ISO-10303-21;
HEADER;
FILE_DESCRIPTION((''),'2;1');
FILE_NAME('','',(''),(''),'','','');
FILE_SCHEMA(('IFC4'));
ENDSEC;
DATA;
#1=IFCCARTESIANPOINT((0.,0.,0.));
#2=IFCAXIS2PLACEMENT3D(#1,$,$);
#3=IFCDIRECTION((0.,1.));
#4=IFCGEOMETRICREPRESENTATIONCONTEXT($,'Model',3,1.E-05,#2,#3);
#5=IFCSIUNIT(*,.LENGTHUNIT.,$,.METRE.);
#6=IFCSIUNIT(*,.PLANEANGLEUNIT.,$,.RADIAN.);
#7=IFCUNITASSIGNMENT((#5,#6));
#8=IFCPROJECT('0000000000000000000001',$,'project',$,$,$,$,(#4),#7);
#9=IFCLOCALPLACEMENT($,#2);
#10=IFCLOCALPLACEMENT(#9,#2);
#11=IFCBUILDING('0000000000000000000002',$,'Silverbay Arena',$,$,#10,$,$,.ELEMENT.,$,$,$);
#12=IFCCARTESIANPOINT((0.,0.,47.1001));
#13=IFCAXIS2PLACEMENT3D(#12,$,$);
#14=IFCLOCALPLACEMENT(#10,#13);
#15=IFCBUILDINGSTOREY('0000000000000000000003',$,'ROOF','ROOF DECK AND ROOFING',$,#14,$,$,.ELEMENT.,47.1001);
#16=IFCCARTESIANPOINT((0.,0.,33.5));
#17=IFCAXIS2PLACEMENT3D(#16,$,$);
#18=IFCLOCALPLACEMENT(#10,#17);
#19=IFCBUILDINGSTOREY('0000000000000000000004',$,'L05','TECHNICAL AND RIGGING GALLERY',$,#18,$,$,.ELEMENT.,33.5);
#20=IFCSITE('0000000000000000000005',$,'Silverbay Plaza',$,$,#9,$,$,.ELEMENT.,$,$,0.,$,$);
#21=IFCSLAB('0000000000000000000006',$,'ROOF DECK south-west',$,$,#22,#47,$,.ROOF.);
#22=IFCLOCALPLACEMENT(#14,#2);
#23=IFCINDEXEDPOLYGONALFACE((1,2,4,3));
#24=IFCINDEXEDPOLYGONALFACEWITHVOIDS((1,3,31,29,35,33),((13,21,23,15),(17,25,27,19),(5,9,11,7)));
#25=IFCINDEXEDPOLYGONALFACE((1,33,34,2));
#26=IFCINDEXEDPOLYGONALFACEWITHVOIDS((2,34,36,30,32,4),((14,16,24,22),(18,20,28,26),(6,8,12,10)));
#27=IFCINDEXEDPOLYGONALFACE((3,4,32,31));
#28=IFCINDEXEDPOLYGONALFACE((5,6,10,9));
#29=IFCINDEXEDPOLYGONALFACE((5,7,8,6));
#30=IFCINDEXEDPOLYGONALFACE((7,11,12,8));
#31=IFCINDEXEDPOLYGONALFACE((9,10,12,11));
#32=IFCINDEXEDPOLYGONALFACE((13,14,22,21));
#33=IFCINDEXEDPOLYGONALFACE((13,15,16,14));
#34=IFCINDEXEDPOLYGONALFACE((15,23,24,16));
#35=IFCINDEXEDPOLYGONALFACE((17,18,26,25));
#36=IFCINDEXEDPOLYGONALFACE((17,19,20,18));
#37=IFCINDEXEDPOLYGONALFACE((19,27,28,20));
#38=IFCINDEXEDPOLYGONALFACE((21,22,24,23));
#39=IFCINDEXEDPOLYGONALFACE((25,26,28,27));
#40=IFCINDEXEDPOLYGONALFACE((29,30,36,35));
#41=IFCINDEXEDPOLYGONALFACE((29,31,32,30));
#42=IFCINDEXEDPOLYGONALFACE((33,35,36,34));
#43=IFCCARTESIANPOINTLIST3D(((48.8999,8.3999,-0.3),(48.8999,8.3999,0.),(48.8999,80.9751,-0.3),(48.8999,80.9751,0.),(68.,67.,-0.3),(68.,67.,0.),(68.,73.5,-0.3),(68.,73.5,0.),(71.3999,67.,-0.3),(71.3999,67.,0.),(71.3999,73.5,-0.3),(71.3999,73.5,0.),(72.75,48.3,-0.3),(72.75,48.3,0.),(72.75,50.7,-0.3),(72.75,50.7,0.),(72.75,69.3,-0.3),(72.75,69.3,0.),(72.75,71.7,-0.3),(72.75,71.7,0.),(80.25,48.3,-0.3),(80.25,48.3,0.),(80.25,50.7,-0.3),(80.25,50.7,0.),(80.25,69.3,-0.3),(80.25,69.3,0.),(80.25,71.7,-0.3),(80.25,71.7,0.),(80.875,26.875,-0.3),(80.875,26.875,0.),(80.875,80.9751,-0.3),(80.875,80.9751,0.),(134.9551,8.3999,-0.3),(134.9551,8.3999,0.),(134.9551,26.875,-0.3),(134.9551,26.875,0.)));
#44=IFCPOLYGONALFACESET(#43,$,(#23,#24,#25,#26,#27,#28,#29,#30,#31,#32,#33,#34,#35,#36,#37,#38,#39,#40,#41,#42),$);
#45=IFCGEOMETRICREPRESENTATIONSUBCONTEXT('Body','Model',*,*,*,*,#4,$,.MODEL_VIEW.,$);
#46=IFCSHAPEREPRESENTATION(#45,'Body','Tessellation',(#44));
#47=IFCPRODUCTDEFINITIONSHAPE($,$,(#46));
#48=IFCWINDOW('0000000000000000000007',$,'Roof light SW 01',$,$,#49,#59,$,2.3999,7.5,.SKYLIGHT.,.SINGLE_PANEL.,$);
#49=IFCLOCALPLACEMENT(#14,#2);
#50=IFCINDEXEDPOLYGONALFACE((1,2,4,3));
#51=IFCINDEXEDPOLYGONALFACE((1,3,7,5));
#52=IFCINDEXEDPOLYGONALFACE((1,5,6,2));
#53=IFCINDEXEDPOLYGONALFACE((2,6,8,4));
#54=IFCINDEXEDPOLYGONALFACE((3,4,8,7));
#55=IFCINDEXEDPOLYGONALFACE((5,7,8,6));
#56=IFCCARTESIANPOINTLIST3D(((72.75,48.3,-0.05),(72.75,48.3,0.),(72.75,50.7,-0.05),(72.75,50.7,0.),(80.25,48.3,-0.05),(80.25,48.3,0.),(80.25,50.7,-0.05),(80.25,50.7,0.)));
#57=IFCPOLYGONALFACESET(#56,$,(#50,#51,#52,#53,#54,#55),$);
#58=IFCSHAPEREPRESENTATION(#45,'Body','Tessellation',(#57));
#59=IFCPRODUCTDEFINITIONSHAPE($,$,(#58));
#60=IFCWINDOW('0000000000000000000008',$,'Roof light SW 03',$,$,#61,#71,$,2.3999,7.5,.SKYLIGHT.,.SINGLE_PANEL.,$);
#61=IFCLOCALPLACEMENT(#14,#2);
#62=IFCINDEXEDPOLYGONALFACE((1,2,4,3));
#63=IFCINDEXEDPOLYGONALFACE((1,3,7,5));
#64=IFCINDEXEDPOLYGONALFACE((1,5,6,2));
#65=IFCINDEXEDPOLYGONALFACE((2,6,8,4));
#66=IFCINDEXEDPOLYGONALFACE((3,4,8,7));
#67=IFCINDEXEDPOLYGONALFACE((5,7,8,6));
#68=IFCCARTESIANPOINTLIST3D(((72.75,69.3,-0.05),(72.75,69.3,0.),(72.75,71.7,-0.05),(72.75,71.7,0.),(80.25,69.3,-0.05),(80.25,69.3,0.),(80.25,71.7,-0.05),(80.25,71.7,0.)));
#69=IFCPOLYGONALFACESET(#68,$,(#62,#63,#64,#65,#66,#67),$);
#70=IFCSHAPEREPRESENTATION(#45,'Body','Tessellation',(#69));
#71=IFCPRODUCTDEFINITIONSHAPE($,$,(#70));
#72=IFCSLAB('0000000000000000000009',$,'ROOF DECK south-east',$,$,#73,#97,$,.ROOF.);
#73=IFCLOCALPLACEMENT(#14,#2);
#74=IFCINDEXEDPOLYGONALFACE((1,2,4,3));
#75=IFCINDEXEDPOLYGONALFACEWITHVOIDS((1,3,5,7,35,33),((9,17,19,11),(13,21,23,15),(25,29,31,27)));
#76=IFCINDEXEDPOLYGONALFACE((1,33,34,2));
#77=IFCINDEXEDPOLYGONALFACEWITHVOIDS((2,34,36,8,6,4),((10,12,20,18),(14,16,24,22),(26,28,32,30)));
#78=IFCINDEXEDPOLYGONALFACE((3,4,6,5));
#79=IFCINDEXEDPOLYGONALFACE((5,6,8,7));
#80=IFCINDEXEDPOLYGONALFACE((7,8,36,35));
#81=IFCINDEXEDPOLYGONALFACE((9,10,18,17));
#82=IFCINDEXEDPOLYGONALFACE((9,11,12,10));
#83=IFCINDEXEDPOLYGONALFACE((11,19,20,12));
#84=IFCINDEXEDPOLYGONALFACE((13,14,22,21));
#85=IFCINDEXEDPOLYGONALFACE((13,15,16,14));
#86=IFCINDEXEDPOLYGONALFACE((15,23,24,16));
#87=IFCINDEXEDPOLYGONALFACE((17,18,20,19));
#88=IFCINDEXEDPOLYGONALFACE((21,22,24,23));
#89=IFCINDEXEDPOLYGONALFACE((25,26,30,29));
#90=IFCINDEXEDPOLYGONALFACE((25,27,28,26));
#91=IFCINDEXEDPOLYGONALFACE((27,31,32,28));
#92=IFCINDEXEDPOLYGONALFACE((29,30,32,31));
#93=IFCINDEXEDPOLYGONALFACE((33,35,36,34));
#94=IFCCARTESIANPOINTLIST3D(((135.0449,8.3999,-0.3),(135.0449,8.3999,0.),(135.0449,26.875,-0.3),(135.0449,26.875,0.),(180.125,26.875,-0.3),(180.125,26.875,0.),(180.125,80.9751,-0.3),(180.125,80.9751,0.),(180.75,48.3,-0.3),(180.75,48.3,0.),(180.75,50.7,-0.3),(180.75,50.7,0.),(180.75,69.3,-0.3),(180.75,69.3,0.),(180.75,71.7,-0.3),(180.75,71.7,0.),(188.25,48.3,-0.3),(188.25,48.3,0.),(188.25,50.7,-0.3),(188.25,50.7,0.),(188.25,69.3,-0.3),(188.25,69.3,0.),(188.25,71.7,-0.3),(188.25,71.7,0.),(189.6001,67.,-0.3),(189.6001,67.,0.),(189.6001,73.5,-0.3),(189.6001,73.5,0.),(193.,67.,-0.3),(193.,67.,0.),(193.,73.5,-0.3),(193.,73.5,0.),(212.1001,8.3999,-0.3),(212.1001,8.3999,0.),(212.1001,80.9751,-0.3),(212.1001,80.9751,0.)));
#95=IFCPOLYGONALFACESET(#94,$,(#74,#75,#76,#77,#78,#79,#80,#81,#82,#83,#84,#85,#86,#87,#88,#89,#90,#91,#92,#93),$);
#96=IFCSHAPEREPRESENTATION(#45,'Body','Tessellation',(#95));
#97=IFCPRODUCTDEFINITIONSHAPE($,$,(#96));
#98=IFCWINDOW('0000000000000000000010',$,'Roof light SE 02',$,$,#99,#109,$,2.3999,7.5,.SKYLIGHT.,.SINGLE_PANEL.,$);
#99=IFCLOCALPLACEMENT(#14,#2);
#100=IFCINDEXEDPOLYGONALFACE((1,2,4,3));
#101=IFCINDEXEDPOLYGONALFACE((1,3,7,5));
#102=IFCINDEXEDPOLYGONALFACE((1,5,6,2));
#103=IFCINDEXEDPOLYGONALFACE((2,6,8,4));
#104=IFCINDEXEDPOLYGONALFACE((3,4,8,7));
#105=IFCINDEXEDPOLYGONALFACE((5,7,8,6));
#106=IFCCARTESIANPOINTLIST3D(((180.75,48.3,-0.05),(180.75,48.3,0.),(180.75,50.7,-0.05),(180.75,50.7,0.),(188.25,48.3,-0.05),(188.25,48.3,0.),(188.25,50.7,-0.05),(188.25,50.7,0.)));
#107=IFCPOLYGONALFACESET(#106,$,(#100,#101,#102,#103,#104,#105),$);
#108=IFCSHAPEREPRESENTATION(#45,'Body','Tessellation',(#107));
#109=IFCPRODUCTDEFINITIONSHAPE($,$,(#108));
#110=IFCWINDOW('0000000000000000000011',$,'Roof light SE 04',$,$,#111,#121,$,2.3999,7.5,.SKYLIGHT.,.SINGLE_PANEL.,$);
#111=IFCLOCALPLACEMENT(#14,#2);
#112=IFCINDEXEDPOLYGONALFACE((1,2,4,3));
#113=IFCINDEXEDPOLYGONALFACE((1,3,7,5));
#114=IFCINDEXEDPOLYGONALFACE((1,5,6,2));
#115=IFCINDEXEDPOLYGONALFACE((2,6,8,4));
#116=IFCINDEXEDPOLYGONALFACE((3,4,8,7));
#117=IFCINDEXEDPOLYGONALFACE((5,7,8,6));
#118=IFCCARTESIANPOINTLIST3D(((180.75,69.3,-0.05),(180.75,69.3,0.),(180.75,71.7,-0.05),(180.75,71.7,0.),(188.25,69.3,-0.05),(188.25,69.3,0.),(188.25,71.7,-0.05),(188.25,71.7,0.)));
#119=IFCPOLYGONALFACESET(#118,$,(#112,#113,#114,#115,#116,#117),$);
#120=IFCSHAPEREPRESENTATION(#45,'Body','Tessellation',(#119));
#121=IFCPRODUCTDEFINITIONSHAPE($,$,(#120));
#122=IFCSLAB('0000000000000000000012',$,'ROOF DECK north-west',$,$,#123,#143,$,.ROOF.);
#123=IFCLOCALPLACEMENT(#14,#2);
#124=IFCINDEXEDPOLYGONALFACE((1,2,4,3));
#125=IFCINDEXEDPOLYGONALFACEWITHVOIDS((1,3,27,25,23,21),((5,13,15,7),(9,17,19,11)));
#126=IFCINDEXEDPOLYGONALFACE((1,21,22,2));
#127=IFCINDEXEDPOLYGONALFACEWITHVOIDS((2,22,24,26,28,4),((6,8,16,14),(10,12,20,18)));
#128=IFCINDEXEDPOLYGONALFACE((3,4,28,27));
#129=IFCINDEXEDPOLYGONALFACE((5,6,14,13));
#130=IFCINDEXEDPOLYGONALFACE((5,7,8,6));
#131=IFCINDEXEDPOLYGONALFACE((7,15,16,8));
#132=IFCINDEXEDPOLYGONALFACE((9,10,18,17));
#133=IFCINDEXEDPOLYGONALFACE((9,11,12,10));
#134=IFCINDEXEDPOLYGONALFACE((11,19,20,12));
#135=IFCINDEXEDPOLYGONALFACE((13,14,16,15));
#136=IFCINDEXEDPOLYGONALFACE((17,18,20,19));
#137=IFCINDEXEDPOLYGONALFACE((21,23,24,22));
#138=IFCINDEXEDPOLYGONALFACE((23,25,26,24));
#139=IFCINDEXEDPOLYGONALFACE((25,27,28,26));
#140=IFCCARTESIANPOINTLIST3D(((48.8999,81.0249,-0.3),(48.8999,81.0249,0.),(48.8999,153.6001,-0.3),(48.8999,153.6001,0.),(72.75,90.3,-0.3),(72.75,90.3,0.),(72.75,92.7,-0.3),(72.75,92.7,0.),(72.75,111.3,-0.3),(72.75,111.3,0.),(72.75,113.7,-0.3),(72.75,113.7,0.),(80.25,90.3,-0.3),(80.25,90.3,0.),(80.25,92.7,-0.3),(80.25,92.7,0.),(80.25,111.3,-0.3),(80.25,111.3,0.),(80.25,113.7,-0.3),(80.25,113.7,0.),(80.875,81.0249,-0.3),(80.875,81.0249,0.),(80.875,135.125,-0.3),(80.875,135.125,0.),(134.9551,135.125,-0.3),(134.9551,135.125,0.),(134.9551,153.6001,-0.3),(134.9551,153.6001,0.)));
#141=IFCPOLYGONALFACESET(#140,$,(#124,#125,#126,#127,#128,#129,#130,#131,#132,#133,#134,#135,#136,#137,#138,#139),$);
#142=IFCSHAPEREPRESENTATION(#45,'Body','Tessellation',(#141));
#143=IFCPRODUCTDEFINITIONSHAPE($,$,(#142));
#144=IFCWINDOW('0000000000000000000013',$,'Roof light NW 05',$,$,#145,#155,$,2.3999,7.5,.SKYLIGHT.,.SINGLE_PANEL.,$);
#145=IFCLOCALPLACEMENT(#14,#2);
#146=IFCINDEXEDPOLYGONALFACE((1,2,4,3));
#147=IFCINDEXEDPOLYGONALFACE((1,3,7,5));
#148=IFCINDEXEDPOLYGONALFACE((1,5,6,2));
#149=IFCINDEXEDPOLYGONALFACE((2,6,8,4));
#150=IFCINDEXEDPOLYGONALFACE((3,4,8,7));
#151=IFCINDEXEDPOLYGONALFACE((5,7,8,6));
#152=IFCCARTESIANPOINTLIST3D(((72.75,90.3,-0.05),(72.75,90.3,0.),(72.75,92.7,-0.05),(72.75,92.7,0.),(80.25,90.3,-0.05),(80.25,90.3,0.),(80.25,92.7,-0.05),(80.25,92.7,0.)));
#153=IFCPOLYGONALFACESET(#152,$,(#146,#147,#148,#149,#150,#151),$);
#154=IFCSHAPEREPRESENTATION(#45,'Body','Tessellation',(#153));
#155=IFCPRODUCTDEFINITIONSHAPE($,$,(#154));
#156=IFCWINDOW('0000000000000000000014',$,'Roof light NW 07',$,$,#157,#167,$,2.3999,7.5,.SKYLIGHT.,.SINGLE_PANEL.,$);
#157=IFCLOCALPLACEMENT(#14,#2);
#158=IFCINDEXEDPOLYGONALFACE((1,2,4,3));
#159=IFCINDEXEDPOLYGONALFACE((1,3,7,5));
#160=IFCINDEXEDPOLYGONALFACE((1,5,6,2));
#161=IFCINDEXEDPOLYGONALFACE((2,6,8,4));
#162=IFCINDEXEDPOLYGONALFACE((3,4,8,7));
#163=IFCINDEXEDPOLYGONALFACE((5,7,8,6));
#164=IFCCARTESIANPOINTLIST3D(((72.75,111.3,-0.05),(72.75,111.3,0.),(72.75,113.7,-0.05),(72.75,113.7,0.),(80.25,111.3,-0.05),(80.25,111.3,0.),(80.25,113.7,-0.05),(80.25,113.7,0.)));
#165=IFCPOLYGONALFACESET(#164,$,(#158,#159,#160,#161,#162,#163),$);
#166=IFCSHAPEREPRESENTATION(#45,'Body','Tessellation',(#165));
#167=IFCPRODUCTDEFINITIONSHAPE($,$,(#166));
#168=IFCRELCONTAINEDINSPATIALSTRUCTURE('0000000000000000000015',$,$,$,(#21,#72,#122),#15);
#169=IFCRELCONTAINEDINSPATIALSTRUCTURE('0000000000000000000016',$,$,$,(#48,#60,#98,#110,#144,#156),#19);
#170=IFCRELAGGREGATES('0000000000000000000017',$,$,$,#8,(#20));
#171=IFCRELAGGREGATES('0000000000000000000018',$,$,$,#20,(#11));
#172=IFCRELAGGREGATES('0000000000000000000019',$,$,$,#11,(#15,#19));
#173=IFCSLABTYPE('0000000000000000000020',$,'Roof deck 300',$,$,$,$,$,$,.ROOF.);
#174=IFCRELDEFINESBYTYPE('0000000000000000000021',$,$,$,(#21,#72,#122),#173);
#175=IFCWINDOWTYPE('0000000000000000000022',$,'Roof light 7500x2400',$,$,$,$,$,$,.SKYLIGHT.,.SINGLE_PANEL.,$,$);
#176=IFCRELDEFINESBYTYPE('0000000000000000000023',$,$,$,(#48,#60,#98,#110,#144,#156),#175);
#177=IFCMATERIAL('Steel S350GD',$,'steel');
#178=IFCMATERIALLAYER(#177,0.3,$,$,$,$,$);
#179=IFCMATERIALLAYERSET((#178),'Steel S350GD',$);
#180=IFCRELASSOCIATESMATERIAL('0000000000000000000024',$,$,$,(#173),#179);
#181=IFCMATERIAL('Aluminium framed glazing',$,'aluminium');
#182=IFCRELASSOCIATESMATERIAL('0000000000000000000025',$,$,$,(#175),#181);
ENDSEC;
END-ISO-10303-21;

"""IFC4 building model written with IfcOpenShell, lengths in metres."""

from ifc_helpers import new_model, si_unit, direction, frame, origin, origin_2d, place, context, subcontext, project, spatial, polyline, rectangle, outline, extrude, material, layer, layer_set, type_object, element, fill, save


model = new_model("IFC4")

# Units and contexts
model_context = context("Model", 3, precision=1e-05, world=origin(), true_north=direction((0.0, 1.0)))
body_context = subcontext(model_context, "Body", "Model", "MODEL_VIEW")
ifc_project = project(units=[si_unit("LENGTHUNIT", "METRE"), si_unit("PLANEANGLEUNIT", "RADIAN")], contexts=[model_context])

# Site, building, storey
site_placement = place(None, origin())
site = spatial("IfcSite", under=ifc_project, at=site_placement, Name="Silverbay Plaza", CompositionType="ELEMENT", RefElevation=0.0)
building_placement = place(site_placement, origin())
building = spatial("IfcBuilding", under=site, at=building_placement, Name="Silverbay Arena", CompositionType="ELEMENT")
storey_1_placement = place(building_placement, frame((0.0, 0.0, 47.1001)))
storey_1 = spatial("IfcBuildingStorey", under=building, at=storey_1_placement, Name="ROOF", Description="ROOF DECK AND ROOFING", CompositionType="ELEMENT", Elevation=47.1001)

# Slab, openings
ifc_material_1 = material(Name="Steel S350GD", Category="steel")
ifc_layer_1 = layer(ifc_material_1, 0.3)
ifc_layer_set_1 = layer_set([ifc_layer_1], Name="Steel S350GD")
slab_type = type_object("IfcSlabType", Name="Roof deck 300", PredefinedType="ROOF", material=ifc_layer_set_1)
slab_1_placement = place(storey_1_placement, frame((0.0, 0.0, -0.3)))
slab_1 = element("IfcSlab", 1, at=slab_1_placement, inside=storey_1, type_object=slab_type, Name="ROOF DECK south-west", PredefinedType="ROOF", context=body_context, shape_type="SweptSolid", body=[
    extrude(outline(polyline([(134.9551, 8.3999), (134.9551, 26.875), (80.875, 26.875), (80.875, 80.9751), (48.8999, 80.9751), (48.8999, 8.3999), (134.9551, 8.3999)]), holes=[polyline([(68.0, 67.0), (71.3999, 67.0), (71.3999, 73.5), (68.0, 73.5), (68.0, 67.0)])]), origin(), (0.0, 0.0, 1.0), 0.3),
])
opening_1_placement = place(slab_1_placement, frame((76.5, 49.5, 0.0)))
opening_1 = element("IfcOpeningElement", 2, at=opening_1_placement, cuts=slab_1, PredefinedType="OPENING", context=body_context, shape_type="SweptSolid", body=[
    extrude(rectangle(XDim=7.5, YDim=2.3999, at=origin_2d()), origin(), (0.0, 0.0, 1.0), 0.3),
])
opening_2_placement = place(slab_1_placement, frame((76.5, 70.5, 0.0)))
opening_2 = element("IfcOpeningElement", 3, at=opening_2_placement, cuts=slab_1, PredefinedType="OPENING", context=body_context, shape_type="SweptSolid", body=[
    extrude(rectangle(XDim=7.5, YDim=2.3999, at=origin_2d()), origin(), (0.0, 0.0, 1.0), 0.3),
])

# Shared definitions
storey_2_placement = place(building_placement, frame((0.0, 0.0, 33.5)))
storey_2 = spatial("IfcBuildingStorey", under=building, at=storey_2_placement, Name="L05", Description="TECHNICAL AND RIGGING GALLERY", CompositionType="ELEMENT", Elevation=33.5)

# Windows
ifc_material_2 = material(Name="Aluminium framed glazing", Category="aluminium")
window_type = type_object("IfcWindowType", Name="Roof light 7500x2400", PartitioningType="SINGLE_PANEL", PredefinedType="SKYLIGHT", material=ifc_material_2)
window_1_placement = place(opening_1_placement, frame((0.0, 0.0, 0.25)))
window_1 = element("IfcWindow", 4, at=window_1_placement, inside=storey_2, type_object=window_type, Name="Roof light SW 01", OverallHeight=2.3999, OverallWidth=7.5, PartitioningType="SINGLE_PANEL", PredefinedType="SKYLIGHT", context=body_context, shape_type="SweptSolid", body=[
    extrude(rectangle(XDim=7.5, YDim=2.3999, at=origin_2d()), origin(), (0.0, 0.0, 1.0), 0.05),
])
fill(opening_1, window_1)
window_2_placement = place(opening_2_placement, frame((0.0, 0.0, 0.25)))
window_2 = element("IfcWindow", 5, at=window_2_placement, inside=storey_2, type_object=window_type, Name="Roof light SW 03", OverallHeight=2.3999, OverallWidth=7.5, PartitioningType="SINGLE_PANEL", PredefinedType="SKYLIGHT", context=body_context, shape_type="SweptSolid", body=[
    extrude(rectangle(XDim=7.5, YDim=2.3999, at=origin_2d()), origin(), (0.0, 0.0, 1.0), 0.05),
])
fill(opening_2, window_2)

# Slabs, openings, windows
slab_2_placement = place(storey_1_placement, frame((0.0, 0.0, -0.3)))
slab_2 = element("IfcSlab", 6, at=slab_2_placement, inside=storey_1, type_object=slab_type, Name="ROOF DECK south-east", PredefinedType="ROOF", context=body_context, shape_type="SweptSolid", body=[
    extrude(outline(polyline([(212.1001, 80.9751), (180.125, 80.9751), (180.125, 26.875), (135.0449, 26.875), (135.0449, 8.3999), (212.1001, 8.3999), (212.1001, 80.9751)]), holes=[polyline([(189.6001, 67.0), (193.0, 67.0), (193.0, 73.5), (189.6001, 73.5), (189.6001, 67.0)])]), origin(), (0.0, 0.0, 1.0), 0.3),
])
opening_3_placement = place(slab_2_placement, frame((184.5, 49.5, 0.0)))
opening_3 = element("IfcOpeningElement", 7, at=opening_3_placement, cuts=slab_2, PredefinedType="OPENING", context=body_context, shape_type="SweptSolid", body=[
    extrude(rectangle(XDim=7.5, YDim=2.3999, at=origin_2d()), origin(), (0.0, 0.0, 1.0), 0.3),
])
opening_4_placement = place(slab_2_placement, frame((184.5, 70.5, 0.0)))
opening_4 = element("IfcOpeningElement", 8, at=opening_4_placement, cuts=slab_2, PredefinedType="OPENING", context=body_context, shape_type="SweptSolid", body=[
    extrude(rectangle(XDim=7.5, YDim=2.3999, at=origin_2d()), origin(), (0.0, 0.0, 1.0), 0.3),
])
window_3_placement = place(opening_3_placement, frame((0.0, 0.0, 0.25)))
window_3 = element("IfcWindow", 9, at=window_3_placement, inside=storey_2, type_object=window_type, Name="Roof light SE 02", OverallHeight=2.3999, OverallWidth=7.5, PartitioningType="SINGLE_PANEL", PredefinedType="SKYLIGHT", context=body_context, shape_type="SweptSolid", body=[
    extrude(rectangle(XDim=7.5, YDim=2.3999, at=origin_2d()), origin(), (0.0, 0.0, 1.0), 0.05),
])
fill(opening_3, window_3)
window_4_placement = place(opening_4_placement, frame((0.0, 0.0, 0.25)))
window_4 = element("IfcWindow", 10, at=window_4_placement, inside=storey_2, type_object=window_type, Name="Roof light SE 04", OverallHeight=2.3999, OverallWidth=7.5, PartitioningType="SINGLE_PANEL", PredefinedType="SKYLIGHT", context=body_context, shape_type="SweptSolid", body=[
    extrude(rectangle(XDim=7.5, YDim=2.3999, at=origin_2d()), origin(), (0.0, 0.0, 1.0), 0.05),
])
fill(opening_4, window_4)
slab_3_placement = place(storey_1_placement, frame((0.0, 0.0, -0.3)))
slab_3 = element("IfcSlab", 11, at=slab_3_placement, inside=storey_1, type_object=slab_type, Name="ROOF DECK north-west", PredefinedType="ROOF", context=body_context, shape_type="SweptSolid", body=[
    extrude(outline(polyline([(48.8999, 81.0249), (80.875, 81.0249), (80.875, 135.125), (134.9551, 135.125), (134.9551, 153.6001), (48.8999, 153.6001), (48.8999, 81.0249)])), origin(), (0.0, 0.0, 1.0), 0.3),
])
opening_5_placement = place(slab_3_placement, frame((76.5, 91.5, 0.0)))
opening_5 = element("IfcOpeningElement", 12, at=opening_5_placement, cuts=slab_3, PredefinedType="OPENING", context=body_context, shape_type="SweptSolid", body=[
    extrude(rectangle(XDim=7.5, YDim=2.3999, at=origin_2d()), origin(), (0.0, 0.0, 1.0), 0.3),
])
opening_6_placement = place(slab_3_placement, frame((76.5, 112.5, 0.0)))
opening_6 = element("IfcOpeningElement", 13, at=opening_6_placement, cuts=slab_3, PredefinedType="OPENING", context=body_context, shape_type="SweptSolid", body=[
    extrude(rectangle(XDim=7.5, YDim=2.3999, at=origin_2d()), origin(), (0.0, 0.0, 1.0), 0.3),
])
window_5_placement = place(opening_5_placement, frame((0.0, 0.0, 0.25)))
window_5 = element("IfcWindow", 14, at=window_5_placement, inside=storey_2, type_object=window_type, Name="Roof light NW 05", OverallHeight=2.3999, OverallWidth=7.5, PartitioningType="SINGLE_PANEL", PredefinedType="SKYLIGHT", context=body_context, shape_type="SweptSolid", body=[
    extrude(rectangle(XDim=7.5, YDim=2.3999, at=origin_2d()), origin(), (0.0, 0.0, 1.0), 0.05),
])
fill(opening_5, window_5)
window_6_placement = place(opening_6_placement, frame((0.0, 0.0, 0.25)))
window_6 = element("IfcWindow", 15, at=window_6_placement, inside=storey_2, type_object=window_type, Name="Roof light NW 07", OverallHeight=2.3999, OverallWidth=7.5, PartitioningType="SINGLE_PANEL", PredefinedType="SKYLIGHT", context=body_context, shape_type="SweptSolid", body=[
    extrude(rectangle(XDim=7.5, YDim=2.3999, at=origin_2d()), origin(), (0.0, 0.0, 1.0), 0.05),
])
fill(opening_6, window_6)

save(model, "model.ifc")
